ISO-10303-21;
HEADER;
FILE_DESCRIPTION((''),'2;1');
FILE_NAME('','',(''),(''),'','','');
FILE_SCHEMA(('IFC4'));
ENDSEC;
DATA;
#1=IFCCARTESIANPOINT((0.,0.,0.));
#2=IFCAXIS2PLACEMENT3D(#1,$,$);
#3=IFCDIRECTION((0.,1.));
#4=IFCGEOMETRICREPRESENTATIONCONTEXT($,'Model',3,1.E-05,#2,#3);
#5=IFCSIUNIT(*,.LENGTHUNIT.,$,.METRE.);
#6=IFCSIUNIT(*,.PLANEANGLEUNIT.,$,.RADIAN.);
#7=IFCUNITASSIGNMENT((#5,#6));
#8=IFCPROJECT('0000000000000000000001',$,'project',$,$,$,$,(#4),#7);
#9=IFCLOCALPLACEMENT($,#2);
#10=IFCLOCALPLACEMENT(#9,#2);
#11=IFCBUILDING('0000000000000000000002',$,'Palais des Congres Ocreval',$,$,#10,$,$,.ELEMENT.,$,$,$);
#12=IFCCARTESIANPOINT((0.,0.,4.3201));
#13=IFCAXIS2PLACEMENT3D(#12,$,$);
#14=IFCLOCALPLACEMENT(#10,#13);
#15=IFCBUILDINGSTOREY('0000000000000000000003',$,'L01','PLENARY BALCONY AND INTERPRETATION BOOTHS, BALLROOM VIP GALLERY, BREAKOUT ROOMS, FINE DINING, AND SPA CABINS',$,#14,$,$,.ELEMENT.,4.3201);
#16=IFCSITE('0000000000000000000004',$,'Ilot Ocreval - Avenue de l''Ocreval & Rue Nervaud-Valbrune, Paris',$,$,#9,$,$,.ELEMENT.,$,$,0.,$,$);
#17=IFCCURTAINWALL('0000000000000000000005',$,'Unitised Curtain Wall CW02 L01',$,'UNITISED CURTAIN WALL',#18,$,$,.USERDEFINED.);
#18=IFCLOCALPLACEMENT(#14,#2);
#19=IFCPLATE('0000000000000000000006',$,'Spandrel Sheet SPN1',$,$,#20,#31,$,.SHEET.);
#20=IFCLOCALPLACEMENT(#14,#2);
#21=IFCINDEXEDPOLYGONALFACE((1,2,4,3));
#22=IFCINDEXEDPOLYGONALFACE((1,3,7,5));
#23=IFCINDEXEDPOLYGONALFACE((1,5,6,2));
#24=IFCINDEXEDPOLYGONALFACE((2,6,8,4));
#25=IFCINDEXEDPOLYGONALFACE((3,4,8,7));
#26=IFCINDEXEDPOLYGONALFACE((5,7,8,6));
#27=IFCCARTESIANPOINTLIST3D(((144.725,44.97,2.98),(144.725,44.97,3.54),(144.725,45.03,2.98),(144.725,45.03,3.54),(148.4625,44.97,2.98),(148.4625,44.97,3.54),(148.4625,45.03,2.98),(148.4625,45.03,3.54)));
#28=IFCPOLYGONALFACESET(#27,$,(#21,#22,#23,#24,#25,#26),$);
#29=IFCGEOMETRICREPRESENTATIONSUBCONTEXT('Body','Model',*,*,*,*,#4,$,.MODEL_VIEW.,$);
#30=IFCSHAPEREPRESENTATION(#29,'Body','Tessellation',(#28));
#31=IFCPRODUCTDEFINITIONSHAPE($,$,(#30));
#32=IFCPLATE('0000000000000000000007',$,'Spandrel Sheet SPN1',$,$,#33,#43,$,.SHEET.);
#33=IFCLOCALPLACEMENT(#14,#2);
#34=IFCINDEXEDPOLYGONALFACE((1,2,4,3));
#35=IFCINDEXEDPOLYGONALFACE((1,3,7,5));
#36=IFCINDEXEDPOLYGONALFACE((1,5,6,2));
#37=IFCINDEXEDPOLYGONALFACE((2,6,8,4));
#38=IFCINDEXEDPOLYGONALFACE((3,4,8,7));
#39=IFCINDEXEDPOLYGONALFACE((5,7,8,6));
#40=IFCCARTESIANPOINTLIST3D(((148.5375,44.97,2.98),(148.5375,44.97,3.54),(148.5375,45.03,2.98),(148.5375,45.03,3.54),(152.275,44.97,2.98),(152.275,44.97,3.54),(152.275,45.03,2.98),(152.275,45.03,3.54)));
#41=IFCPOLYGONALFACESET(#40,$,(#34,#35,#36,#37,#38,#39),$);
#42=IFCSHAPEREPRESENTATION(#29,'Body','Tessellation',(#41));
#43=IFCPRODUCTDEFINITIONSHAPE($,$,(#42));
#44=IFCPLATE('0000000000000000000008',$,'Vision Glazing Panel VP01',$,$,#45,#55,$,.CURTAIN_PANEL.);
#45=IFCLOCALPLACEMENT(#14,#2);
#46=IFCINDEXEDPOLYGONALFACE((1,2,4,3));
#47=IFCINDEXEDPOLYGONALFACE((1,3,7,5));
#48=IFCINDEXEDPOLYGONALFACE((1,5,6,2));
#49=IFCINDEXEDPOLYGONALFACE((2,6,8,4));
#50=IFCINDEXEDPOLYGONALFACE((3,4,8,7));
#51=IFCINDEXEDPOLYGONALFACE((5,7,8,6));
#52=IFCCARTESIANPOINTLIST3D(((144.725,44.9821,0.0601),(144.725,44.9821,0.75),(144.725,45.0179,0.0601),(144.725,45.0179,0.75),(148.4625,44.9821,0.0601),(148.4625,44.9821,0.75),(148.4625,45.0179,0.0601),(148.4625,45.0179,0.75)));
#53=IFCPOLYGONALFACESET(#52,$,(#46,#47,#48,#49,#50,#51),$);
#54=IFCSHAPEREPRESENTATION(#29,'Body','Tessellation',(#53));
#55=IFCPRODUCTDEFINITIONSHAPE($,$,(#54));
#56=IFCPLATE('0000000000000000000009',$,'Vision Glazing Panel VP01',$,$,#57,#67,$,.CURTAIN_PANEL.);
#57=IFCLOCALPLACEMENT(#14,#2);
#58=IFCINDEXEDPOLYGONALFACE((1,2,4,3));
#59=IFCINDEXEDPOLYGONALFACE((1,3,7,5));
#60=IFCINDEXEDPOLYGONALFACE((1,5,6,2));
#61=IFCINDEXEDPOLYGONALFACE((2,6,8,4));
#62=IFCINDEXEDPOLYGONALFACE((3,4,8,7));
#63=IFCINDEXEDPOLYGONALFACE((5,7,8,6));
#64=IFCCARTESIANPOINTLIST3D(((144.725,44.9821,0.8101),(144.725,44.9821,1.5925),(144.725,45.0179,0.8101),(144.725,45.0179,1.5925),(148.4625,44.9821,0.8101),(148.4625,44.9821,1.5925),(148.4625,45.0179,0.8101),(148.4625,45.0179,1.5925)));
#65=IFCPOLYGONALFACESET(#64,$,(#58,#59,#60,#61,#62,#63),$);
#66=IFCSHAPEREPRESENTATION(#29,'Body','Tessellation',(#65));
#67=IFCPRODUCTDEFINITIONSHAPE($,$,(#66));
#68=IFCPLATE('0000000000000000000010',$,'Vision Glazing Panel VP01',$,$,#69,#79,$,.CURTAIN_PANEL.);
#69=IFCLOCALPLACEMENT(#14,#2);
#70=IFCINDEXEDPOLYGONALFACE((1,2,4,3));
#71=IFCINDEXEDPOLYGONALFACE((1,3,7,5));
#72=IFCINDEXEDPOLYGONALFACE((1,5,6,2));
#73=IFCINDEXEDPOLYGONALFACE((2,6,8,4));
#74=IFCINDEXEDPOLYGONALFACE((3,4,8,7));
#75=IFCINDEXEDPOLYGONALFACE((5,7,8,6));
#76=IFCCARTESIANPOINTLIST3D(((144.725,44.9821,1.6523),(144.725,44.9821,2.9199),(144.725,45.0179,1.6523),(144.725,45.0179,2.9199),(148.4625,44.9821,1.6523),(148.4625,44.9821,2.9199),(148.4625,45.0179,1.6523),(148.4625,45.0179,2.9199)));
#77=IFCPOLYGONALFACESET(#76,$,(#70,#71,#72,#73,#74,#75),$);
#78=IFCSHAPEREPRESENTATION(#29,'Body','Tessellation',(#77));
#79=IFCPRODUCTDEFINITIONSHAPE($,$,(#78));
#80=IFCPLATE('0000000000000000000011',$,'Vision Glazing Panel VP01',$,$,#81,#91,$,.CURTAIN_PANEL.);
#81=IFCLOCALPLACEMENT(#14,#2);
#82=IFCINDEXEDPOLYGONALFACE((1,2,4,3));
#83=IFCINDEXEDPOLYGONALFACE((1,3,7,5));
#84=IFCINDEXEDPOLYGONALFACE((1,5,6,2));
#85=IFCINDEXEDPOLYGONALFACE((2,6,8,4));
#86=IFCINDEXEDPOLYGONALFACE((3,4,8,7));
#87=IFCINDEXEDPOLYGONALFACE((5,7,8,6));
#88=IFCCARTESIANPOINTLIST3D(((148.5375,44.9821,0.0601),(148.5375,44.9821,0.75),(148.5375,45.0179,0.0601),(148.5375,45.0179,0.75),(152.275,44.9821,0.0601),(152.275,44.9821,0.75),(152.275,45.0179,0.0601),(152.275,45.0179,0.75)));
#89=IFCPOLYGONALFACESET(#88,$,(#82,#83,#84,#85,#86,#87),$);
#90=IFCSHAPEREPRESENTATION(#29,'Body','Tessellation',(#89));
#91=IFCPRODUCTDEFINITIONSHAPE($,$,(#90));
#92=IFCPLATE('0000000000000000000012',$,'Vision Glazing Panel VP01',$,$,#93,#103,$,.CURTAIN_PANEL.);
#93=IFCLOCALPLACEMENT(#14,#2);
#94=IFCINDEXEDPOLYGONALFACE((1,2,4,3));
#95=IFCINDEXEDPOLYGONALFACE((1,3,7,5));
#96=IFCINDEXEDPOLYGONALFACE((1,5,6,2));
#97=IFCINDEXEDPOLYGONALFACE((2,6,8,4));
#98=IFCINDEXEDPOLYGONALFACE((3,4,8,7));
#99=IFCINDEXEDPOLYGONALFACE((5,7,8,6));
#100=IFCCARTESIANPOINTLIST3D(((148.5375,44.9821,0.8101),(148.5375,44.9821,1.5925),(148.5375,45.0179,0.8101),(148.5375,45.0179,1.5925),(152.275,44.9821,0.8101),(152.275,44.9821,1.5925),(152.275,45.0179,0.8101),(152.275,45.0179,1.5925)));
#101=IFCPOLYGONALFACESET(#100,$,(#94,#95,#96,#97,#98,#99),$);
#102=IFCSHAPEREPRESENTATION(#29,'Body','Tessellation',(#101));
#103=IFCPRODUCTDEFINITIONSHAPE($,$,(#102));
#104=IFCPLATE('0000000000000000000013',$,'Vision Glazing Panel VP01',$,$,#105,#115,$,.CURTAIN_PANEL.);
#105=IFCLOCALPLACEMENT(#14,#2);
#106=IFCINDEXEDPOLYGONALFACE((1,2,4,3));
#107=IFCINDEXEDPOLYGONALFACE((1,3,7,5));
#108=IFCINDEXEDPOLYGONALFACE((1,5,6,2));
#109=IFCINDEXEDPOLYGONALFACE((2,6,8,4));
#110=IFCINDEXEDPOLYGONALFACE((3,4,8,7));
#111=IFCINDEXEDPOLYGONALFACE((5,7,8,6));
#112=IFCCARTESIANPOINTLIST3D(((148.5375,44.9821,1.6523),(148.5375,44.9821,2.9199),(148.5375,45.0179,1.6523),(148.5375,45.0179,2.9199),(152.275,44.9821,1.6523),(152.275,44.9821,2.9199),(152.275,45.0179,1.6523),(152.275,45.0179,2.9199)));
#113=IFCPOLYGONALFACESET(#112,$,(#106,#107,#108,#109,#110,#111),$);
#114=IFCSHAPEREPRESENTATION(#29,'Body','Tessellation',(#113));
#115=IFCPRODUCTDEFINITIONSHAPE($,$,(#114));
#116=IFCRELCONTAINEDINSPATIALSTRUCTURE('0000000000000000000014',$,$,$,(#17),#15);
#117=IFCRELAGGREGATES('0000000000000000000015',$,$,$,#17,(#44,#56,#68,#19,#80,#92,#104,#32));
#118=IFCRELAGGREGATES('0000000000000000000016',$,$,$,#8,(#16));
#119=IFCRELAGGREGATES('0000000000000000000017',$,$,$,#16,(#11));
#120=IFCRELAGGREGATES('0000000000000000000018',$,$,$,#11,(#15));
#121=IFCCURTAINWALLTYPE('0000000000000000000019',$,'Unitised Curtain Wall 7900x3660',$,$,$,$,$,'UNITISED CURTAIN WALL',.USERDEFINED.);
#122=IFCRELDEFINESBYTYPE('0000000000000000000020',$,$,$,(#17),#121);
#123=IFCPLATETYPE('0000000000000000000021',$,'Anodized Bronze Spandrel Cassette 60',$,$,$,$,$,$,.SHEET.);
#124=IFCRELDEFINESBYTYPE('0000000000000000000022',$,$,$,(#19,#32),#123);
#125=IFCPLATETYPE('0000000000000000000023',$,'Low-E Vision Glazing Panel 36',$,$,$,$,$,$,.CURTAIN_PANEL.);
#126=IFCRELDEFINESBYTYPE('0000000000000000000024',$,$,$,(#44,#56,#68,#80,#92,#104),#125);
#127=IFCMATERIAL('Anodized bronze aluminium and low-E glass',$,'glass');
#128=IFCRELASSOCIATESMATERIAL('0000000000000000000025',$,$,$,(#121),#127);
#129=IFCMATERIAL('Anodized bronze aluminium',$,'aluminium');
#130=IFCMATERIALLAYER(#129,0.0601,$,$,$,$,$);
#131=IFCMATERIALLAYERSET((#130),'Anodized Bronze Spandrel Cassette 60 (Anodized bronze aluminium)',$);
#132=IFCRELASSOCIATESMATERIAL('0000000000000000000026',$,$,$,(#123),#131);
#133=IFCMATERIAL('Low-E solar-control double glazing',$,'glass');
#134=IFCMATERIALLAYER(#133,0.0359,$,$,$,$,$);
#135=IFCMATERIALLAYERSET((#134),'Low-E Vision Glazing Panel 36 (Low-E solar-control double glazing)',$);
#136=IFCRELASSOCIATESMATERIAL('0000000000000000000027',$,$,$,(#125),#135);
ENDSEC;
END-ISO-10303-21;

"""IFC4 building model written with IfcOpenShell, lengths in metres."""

from ifc_helpers import new_model, si_unit, direction, frame, origin, origin_2d, place, context, subcontext, project, spatial, rectangle, extrude, material, layer, layer_set, type_object, element, aggregate, save


model = new_model("IFC4")

# Units and contexts
model_context = context("Model", 3, precision=1e-05, world=origin(), true_north=direction((0.0, 1.0)))
body_context = subcontext(model_context, "Body", "Model", "MODEL_VIEW")
ifc_project = project(units=[si_unit("LENGTHUNIT", "METRE"), si_unit("PLANEANGLEUNIT", "RADIAN")], contexts=[model_context])

# Site, building, storey
site_placement = place(None, origin())
site = spatial("IfcSite", under=ifc_project, at=site_placement, Name="Ilot Ocreval - Avenue de l'Ocreval & Rue Nervaud-Valbrune, Paris", CompositionType="ELEMENT", RefElevation=0.0)
building_placement = place(site_placement, origin())
building = spatial("IfcBuilding", under=site, at=building_placement, Name="Palais des Congres Ocreval", CompositionType="ELEMENT")
storey_placement = place(building_placement, frame((0.0, 0.0, 4.3201)))
storey = spatial("IfcBuildingStorey", under=building, at=storey_placement, Name="L01", Description="PLENARY BALCONY AND INTERPRETATION BOOTHS, BALLROOM VIP GALLERY, BREAKOUT ROOMS, FINE DINING, AND SPA CABINS", CompositionType="ELEMENT", Elevation=4.3201)

# Curtain wall
ifc_material_1 = material(Name="Anodized bronze aluminium and low-E glass", Category="glass")
curtain_wall_type = type_object("IfcCurtainWallType", Name="Unitised Curtain Wall 7900x3660", ElementType="UNITISED CURTAIN WALL", PredefinedType="USERDEFINED", material=ifc_material_1)
curtain_wall_placement = place(storey_placement, origin())
curtain_wall = element("IfcCurtainWall", 1, at=curtain_wall_placement, inside=storey, type_object=curtain_wall_type, Name="Unitised Curtain Wall CW02 L01", ObjectType="UNITISED CURTAIN WALL", PredefinedType="USERDEFINED")
ifc_material_2 = material(Name="Anodized bronze aluminium", Category="aluminium")

# Plates
ifc_layer_1 = layer(ifc_material_2, 0.0601)
ifc_layer_set_1 = layer_set([ifc_layer_1], Name="Anodized Bronze Spandrel Cassette 60 (Anodized bronze aluminium)")
plate_type_1 = type_object("IfcPlateType", Name="Anodized Bronze Spandrel Cassette 60", PredefinedType="SHEET", material=ifc_layer_set_1)
plate_1_placement = place(storey_placement, frame((146.5938, 45.0, 2.98), z_axis=(0.0, 0.0, 1.0), x_axis=(1.0, 0.0, 0.0)))
plate_1 = element("IfcPlate", 2, at=plate_1_placement, type_object=plate_type_1, Name="Spandrel Sheet SPN1", PredefinedType="SHEET", context=body_context, shape_type="SweptSolid", body=[
    extrude(rectangle(XDim=3.7375, YDim=0.0601, at=origin_2d()), origin(), (0.0, 0.0, 1.0), 0.5601),
])
plate_2_placement = place(storey_placement, frame((150.4062, 45.0, 2.98), z_axis=(0.0, 0.0, 1.0), x_axis=(1.0, 0.0, 0.0)))
plate_2 = element("IfcPlate", 3, at=plate_2_placement, type_object=plate_type_1, Name="Spandrel Sheet SPN1", PredefinedType="SHEET", context=body_context, shape_type="SweptSolid", body=[
    extrude(rectangle(XDim=3.7375, YDim=0.0601, at=origin_2d()), origin(), (0.0, 0.0, 1.0), 0.5601),
])
ifc_material_3 = material(Name="Low-E solar-control double glazing", Category="glass")
ifc_layer_2 = layer(ifc_material_3, 0.0359)
ifc_layer_set_2 = layer_set([ifc_layer_2], Name="Low-E Vision Glazing Panel 36 (Low-E solar-control double glazing)")
plate_type_2 = type_object("IfcPlateType", Name="Low-E Vision Glazing Panel 36", PredefinedType="CURTAIN_PANEL", material=ifc_layer_set_2)
plate_3_placement = place(storey_placement, frame((146.5938, 45.0, 0.0601), z_axis=(0.0, 0.0, 1.0), x_axis=(1.0, 0.0, 0.0)))
plate_3 = element("IfcPlate", 4, at=plate_3_placement, type_object=plate_type_2, Name="Vision Glazing Panel VP01", PredefinedType="CURTAIN_PANEL", context=body_context, shape_type="SweptSolid", body=[
    extrude(rectangle(XDim=3.7375, YDim=0.0359, at=origin_2d()), origin(), (0.0, 0.0, 1.0), 0.6899),
])
plate_4_placement = place(storey_placement, frame((146.5938, 45.0, 0.8101), z_axis=(0.0, 0.0, 1.0), x_axis=(1.0, 0.0, 0.0)))
plate_4 = element("IfcPlate", 5, at=plate_4_placement, type_object=plate_type_2, Name="Vision Glazing Panel VP01", PredefinedType="CURTAIN_PANEL", context=body_context, shape_type="SweptSolid", body=[
    extrude(rectangle(XDim=3.7375, YDim=0.0359, at=origin_2d()), origin(), (0.0, 0.0, 1.0), 0.7825),
])
plate_5_placement = place(storey_placement, frame((146.5938, 45.0, 1.6523), z_axis=(0.0, 0.0, 1.0), x_axis=(1.0, 0.0, 0.0)))
plate_5 = element("IfcPlate", 6, at=plate_5_placement, type_object=plate_type_2, Name="Vision Glazing Panel VP01", PredefinedType="CURTAIN_PANEL", context=body_context, shape_type="SweptSolid", body=[
    extrude(rectangle(XDim=3.7375, YDim=0.0359, at=origin_2d()), origin(), (0.0, 0.0, 1.0), 1.2676),
])
plate_6_placement = place(storey_placement, frame((150.4062, 45.0, 0.0601), z_axis=(0.0, 0.0, 1.0), x_axis=(1.0, 0.0, 0.0)))
plate_6 = element("IfcPlate", 7, at=plate_6_placement, type_object=plate_type_2, Name="Vision Glazing Panel VP01", PredefinedType="CURTAIN_PANEL", context=body_context, shape_type="SweptSolid", body=[
    extrude(rectangle(XDim=3.7375, YDim=0.0359, at=origin_2d()), origin(), (0.0, 0.0, 1.0), 0.6899),
])
plate_7_placement = place(storey_placement, frame((150.4062, 45.0, 0.8101), z_axis=(0.0, 0.0, 1.0), x_axis=(1.0, 0.0, 0.0)))
plate_7 = element("IfcPlate", 8, at=plate_7_placement, type_object=plate_type_2, Name="Vision Glazing Panel VP01", PredefinedType="CURTAIN_PANEL", context=body_context, shape_type="SweptSolid", body=[
    extrude(rectangle(XDim=3.7375, YDim=0.0359, at=origin_2d()), origin(), (0.0, 0.0, 1.0), 0.7825),
])
plate_8_placement = place(storey_placement, frame((150.4062, 45.0, 1.6523), z_axis=(0.0, 0.0, 1.0), x_axis=(1.0, 0.0, 0.0)))
plate_8 = element("IfcPlate", 9, at=plate_8_placement, type_object=plate_type_2, Name="Vision Glazing Panel VP01", PredefinedType="CURTAIN_PANEL", context=body_context, shape_type="SweptSolid", body=[
    extrude(rectangle(XDim=3.7375, YDim=0.0359, at=origin_2d()), origin(), (0.0, 0.0, 1.0), 1.2676),
])
aggregate(curtain_wall, [plate_3, plate_4, plate_5, plate_1, plate_6, plate_7, plate_8, plate_2])

save(model, "model.ifc")
